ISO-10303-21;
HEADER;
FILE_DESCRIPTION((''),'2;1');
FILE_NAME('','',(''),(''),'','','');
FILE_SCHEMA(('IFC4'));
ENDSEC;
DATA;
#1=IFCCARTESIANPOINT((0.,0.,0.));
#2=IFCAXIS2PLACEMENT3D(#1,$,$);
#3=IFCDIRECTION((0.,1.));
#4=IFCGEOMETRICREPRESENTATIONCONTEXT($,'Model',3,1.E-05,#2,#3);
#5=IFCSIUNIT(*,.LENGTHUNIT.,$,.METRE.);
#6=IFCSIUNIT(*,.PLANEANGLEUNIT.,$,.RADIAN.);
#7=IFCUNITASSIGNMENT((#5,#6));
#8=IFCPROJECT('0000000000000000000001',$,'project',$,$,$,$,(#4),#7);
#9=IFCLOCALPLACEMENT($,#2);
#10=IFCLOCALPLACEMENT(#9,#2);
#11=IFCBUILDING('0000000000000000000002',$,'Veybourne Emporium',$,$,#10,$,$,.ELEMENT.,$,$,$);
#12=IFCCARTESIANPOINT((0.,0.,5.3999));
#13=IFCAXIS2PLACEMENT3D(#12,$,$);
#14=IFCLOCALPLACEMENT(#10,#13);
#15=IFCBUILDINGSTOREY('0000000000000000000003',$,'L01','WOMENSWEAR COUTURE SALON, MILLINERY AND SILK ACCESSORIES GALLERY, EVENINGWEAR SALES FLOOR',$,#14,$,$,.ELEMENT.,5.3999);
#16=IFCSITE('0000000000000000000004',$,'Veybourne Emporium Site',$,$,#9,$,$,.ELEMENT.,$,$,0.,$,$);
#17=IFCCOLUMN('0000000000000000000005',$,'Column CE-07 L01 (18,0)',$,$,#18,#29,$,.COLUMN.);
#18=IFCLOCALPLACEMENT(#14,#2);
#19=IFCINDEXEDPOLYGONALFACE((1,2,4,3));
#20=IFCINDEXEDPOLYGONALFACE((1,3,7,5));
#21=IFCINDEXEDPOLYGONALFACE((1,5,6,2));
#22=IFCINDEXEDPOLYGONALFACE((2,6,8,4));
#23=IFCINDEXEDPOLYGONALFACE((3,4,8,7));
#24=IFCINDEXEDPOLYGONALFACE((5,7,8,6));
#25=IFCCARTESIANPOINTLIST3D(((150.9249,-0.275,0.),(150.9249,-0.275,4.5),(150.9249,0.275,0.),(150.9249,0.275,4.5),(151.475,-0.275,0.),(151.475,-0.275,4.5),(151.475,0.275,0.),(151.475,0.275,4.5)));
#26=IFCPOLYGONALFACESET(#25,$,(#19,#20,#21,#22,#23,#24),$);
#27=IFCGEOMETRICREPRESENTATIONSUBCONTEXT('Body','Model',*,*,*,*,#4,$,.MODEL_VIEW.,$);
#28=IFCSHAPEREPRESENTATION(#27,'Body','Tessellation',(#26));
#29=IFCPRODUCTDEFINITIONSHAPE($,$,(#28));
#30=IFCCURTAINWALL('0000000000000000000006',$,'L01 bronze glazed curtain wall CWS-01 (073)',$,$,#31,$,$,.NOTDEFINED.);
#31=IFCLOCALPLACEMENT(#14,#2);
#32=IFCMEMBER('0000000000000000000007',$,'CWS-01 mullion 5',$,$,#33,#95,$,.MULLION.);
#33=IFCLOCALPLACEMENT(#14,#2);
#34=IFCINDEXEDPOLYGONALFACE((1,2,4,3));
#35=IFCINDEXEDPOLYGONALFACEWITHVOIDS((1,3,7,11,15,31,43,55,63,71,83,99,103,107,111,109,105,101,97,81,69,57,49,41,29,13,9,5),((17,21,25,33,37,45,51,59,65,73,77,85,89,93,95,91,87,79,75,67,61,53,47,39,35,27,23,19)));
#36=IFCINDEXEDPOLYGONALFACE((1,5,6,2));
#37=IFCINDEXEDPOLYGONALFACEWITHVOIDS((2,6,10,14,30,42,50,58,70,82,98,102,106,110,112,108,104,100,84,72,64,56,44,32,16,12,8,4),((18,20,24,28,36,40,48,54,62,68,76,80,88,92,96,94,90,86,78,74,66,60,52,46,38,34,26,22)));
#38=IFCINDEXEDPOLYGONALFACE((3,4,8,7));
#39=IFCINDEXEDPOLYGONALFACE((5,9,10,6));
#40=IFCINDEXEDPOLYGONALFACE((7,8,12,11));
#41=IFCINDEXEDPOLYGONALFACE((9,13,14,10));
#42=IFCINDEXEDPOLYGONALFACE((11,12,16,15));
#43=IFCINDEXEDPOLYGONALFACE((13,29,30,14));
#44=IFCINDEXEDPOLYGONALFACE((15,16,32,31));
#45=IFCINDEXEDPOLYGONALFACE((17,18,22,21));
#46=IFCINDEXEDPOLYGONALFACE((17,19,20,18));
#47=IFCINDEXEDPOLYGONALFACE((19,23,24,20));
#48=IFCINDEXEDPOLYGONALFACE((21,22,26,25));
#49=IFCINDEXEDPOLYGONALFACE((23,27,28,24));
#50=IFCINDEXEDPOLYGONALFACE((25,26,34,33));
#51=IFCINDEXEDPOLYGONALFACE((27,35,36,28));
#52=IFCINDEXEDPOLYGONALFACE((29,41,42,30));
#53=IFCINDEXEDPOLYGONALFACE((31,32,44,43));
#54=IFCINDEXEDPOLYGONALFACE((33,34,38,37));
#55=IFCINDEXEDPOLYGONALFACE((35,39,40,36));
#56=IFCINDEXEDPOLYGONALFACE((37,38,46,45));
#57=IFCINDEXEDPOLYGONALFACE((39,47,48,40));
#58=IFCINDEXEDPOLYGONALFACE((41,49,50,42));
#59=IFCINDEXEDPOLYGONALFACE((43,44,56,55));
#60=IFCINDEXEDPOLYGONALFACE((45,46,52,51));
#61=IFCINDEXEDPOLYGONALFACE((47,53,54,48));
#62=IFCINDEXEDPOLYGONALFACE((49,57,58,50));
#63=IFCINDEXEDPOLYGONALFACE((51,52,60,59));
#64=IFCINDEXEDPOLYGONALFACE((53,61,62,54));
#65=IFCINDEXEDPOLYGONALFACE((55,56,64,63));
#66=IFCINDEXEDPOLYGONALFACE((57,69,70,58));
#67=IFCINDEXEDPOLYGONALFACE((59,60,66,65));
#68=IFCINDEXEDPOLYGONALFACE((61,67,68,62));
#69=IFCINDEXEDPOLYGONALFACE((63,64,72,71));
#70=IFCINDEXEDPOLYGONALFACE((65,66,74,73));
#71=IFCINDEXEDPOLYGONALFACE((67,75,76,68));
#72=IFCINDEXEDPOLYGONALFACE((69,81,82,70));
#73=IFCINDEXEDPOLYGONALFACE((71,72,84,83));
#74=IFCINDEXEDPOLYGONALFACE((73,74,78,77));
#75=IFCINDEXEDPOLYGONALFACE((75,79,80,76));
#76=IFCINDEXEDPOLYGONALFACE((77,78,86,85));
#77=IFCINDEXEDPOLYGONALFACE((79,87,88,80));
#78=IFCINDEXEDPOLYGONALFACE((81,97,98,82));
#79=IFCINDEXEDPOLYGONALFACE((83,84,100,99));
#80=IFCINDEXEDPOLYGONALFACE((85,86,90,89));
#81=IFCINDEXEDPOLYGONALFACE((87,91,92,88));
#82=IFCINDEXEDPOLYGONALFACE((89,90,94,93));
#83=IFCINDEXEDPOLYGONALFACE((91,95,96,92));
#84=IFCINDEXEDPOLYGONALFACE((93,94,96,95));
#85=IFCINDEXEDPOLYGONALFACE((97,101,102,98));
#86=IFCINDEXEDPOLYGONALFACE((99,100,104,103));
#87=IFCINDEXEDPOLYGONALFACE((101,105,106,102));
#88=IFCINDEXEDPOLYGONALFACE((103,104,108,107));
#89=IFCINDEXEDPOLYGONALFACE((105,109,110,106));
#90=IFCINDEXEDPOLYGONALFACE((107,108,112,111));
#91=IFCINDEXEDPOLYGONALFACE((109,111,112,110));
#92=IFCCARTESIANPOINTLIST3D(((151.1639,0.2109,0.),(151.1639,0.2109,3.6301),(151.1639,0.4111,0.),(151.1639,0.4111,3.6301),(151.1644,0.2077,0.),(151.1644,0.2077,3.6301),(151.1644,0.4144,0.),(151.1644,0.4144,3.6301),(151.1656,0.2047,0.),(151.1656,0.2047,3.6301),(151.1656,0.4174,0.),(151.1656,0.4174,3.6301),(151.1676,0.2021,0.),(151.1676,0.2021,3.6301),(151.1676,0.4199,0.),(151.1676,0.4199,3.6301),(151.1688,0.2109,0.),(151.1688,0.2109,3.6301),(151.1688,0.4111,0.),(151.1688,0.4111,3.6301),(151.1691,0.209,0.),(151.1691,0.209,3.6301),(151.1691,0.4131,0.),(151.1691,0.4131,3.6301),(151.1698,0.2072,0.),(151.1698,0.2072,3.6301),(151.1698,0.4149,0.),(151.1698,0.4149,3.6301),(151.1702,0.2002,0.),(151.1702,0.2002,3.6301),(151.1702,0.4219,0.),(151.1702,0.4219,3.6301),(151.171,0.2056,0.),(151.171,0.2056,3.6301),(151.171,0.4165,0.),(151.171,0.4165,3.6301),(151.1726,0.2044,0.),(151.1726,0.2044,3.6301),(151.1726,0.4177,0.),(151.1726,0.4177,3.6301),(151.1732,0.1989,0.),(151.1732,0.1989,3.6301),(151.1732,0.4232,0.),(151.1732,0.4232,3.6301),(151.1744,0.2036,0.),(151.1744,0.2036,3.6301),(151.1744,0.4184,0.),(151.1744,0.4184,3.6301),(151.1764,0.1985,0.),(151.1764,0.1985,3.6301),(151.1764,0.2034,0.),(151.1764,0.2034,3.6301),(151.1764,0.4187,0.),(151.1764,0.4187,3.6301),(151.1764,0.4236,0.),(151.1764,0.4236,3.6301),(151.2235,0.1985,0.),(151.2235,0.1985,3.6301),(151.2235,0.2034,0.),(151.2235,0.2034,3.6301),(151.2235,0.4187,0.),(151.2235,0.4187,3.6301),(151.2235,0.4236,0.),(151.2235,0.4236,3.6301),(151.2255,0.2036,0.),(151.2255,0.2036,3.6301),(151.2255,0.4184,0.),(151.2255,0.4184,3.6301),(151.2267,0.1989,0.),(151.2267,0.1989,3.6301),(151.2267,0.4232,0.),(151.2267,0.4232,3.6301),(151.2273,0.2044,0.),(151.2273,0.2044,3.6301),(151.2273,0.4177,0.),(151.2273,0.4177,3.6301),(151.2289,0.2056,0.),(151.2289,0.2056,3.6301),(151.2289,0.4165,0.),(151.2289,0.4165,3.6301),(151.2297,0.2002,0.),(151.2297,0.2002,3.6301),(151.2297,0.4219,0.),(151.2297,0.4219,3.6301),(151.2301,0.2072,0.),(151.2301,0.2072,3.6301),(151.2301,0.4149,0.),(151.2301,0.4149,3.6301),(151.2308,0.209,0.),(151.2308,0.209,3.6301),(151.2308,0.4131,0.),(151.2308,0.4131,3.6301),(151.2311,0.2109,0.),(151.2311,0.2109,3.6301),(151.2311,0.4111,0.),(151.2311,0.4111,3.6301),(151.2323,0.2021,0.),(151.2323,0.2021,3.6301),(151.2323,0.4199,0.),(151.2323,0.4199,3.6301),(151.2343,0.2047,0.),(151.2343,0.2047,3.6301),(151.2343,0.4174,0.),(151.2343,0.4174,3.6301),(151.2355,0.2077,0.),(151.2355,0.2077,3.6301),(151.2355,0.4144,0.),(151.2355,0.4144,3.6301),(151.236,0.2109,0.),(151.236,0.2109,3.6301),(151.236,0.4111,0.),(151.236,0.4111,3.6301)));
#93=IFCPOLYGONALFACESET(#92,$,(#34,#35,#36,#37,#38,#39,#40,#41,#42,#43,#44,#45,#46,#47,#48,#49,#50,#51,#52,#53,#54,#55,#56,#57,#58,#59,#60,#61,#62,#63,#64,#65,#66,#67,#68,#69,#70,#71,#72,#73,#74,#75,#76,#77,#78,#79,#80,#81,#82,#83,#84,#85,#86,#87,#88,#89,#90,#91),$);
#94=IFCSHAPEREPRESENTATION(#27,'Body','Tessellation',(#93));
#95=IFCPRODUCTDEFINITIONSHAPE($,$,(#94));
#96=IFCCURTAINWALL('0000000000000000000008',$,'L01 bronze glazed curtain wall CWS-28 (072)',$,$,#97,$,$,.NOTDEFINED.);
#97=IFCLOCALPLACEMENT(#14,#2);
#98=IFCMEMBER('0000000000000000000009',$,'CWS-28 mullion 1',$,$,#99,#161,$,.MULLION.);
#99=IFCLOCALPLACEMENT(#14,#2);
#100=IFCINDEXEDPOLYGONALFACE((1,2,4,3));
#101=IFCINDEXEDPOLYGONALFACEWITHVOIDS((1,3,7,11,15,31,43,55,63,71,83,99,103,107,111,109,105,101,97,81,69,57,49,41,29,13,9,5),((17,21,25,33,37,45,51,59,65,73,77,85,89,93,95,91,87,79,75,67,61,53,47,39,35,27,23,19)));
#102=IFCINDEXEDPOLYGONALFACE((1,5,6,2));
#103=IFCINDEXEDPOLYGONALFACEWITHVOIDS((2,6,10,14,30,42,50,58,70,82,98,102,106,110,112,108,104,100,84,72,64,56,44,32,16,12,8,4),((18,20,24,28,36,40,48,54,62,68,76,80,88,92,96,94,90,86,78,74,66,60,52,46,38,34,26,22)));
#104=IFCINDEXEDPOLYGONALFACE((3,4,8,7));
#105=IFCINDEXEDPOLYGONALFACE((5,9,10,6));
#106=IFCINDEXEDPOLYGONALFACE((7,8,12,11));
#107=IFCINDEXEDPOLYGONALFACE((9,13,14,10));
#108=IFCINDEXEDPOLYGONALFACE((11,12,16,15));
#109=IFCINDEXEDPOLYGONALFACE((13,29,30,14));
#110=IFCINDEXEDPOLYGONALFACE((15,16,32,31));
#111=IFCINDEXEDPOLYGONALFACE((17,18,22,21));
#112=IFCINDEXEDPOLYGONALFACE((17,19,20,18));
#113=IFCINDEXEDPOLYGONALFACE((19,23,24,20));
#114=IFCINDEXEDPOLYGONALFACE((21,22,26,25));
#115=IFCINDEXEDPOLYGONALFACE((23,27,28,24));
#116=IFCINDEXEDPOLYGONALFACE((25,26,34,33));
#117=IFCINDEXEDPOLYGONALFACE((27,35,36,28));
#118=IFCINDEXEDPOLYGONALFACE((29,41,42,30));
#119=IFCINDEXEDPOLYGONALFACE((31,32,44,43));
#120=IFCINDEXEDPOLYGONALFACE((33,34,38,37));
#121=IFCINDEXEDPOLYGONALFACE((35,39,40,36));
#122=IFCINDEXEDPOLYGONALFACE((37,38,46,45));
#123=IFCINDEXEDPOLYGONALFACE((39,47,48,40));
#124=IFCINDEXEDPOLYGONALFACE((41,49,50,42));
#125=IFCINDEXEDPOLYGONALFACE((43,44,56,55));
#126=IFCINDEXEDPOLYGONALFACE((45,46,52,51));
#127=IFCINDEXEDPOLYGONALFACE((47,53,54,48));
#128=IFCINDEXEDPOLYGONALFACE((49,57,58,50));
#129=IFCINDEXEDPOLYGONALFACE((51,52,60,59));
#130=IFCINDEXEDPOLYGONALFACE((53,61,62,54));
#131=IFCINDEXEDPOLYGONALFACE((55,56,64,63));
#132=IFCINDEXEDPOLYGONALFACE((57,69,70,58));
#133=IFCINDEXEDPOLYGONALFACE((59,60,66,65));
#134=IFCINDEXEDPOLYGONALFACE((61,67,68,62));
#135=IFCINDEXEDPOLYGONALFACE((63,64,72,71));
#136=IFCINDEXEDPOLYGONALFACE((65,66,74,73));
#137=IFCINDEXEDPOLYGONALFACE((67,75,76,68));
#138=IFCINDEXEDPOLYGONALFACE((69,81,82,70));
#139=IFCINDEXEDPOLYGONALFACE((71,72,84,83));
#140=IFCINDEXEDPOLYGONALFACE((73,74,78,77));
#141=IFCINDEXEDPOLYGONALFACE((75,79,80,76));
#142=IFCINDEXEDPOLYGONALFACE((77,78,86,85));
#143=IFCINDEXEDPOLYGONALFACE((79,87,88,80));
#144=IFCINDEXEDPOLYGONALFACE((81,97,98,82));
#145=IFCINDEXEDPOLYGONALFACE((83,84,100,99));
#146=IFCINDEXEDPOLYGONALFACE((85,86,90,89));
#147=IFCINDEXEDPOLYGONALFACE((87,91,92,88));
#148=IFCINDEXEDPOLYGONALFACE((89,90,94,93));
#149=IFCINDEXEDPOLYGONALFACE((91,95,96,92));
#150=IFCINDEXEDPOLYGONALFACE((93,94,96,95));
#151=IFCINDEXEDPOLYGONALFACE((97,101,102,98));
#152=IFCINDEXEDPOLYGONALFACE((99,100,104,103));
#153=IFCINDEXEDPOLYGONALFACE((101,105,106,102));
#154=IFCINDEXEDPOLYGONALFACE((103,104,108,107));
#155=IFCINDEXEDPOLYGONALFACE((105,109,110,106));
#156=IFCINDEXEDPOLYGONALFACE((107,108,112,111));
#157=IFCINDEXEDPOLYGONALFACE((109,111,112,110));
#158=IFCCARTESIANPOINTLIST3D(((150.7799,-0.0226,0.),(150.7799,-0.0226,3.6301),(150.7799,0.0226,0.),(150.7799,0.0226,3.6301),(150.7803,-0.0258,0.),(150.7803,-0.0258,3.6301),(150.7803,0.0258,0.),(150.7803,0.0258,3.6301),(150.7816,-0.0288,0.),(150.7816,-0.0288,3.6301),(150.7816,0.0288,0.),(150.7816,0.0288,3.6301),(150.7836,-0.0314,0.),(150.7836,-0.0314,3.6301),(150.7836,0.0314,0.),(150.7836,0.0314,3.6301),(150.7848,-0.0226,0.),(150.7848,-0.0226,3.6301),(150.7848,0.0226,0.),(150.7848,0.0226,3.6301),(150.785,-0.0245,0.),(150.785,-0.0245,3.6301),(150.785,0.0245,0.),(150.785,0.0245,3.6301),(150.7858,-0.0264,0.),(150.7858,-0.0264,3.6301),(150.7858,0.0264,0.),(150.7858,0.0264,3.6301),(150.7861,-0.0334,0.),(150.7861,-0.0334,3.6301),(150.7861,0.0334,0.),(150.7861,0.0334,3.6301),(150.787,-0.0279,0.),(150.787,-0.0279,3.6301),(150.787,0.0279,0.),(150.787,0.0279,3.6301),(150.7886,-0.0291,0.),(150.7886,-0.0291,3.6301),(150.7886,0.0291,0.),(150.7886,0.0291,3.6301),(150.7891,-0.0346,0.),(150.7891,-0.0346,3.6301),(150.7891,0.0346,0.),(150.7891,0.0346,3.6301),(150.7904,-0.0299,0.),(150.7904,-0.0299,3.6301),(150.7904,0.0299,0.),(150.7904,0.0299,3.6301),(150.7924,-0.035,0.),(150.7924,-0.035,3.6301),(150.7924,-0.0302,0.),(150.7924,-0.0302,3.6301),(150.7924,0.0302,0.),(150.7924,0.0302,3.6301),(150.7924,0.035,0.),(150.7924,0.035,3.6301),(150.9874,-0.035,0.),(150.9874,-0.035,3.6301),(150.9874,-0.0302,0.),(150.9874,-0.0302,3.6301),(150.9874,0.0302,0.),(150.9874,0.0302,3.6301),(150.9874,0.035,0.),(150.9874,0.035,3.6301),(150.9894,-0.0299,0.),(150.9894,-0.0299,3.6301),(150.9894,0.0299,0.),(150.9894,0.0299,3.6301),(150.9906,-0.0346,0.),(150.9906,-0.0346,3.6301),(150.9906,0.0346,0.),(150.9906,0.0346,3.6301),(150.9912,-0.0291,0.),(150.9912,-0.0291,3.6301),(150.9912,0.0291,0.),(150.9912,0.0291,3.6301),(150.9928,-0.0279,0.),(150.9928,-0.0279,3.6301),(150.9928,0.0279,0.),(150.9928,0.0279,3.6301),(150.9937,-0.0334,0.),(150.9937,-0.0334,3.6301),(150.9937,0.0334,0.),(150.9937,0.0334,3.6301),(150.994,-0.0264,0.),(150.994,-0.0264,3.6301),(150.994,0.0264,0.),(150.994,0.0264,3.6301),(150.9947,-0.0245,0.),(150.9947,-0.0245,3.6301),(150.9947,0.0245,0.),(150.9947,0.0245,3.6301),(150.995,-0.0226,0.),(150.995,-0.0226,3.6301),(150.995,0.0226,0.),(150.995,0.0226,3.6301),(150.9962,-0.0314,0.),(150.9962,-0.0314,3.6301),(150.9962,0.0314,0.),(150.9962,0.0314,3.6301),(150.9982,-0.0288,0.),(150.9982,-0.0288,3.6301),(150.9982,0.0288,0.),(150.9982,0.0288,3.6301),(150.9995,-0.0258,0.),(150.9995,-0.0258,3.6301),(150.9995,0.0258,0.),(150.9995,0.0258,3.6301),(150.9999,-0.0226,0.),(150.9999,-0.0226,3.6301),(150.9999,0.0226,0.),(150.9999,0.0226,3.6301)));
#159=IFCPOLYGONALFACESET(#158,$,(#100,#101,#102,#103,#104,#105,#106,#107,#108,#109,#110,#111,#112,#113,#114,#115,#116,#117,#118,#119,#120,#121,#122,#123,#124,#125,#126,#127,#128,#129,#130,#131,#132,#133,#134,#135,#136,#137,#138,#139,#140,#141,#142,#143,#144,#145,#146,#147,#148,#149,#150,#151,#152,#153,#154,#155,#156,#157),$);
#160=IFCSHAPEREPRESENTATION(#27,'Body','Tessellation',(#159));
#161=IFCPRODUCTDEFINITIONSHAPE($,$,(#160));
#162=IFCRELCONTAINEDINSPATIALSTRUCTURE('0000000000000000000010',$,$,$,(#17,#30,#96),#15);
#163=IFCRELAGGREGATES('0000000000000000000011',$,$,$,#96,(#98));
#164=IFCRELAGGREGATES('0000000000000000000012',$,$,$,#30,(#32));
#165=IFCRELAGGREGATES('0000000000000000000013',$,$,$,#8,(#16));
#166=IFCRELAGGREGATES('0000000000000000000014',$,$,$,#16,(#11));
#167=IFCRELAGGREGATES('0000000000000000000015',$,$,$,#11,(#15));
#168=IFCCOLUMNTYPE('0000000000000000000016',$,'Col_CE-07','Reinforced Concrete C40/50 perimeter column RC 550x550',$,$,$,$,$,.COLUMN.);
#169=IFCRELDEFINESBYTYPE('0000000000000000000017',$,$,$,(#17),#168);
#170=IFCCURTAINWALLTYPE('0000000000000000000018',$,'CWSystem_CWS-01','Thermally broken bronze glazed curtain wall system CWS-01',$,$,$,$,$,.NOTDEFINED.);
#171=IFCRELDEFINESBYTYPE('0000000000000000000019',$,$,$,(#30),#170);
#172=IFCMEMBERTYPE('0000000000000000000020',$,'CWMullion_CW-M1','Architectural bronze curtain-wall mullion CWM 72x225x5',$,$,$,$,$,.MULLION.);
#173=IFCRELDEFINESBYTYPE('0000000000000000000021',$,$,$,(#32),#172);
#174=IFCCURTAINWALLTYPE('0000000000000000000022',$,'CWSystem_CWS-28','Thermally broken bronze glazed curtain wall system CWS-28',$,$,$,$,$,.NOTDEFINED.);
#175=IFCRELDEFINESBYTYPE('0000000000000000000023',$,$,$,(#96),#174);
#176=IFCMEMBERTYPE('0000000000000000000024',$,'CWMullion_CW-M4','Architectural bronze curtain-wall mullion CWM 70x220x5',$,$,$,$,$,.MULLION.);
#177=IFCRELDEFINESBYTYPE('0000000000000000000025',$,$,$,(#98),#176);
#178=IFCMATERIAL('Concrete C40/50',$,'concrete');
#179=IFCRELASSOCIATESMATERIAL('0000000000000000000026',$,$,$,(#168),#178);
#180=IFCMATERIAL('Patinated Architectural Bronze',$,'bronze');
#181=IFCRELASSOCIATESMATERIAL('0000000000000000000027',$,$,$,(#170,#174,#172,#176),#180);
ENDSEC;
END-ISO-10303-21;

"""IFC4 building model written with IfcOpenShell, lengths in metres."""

from ifc_helpers import new_model, si_unit, direction, frame, origin, origin_2d, place, context, subcontext, project, spatial, rectangle, hollow_rectangle, extrude, material, material_profile, profile_set, type_object, element, aggregate, save


model = new_model("IFC4")

# Units and contexts
model_context = context("Model", 3, precision=1e-05, world=origin(), true_north=direction((0.0, 1.0)))
body_context = subcontext(model_context, "Body", "Model", "MODEL_VIEW")
ifc_project = project(units=[si_unit("LENGTHUNIT", "METRE"), si_unit("PLANEANGLEUNIT", "RADIAN")], contexts=[model_context])

# Site, building, storey
site_placement = place(None, origin())
site = spatial("IfcSite", under=ifc_project, at=site_placement, Name="Veybourne Emporium Site", CompositionType="ELEMENT", RefElevation=0.0)
building_placement = place(site_placement, origin())
building = spatial("IfcBuilding", under=site, at=building_placement, Name="Veybourne Emporium", CompositionType="ELEMENT")
storey_placement = place(building_placement, frame((0.0, 0.0, 5.3999)))
storey = spatial("IfcBuildingStorey", under=building, at=storey_placement, Name="L01", Description="WOMENSWEAR COUTURE SALON, MILLINERY AND SILK ACCESSORIES GALLERY, EVENINGWEAR SALES FLOOR", CompositionType="ELEMENT", Elevation=5.3999)

# Column
ifc_material_1 = material(Name="Concrete C40/50", Category="concrete")
ifc_material_profile_1 = material_profile(ifc_material_1, rectangle(XDim=0.55, YDim=0.55, at=origin_2d()), Name="RC 550x550")
ifc_profile_set_1 = profile_set([ifc_material_profile_1], Name="Concrete C40/50")
column_type = type_object("IfcColumnType", Name="Col_CE-07", Description="Reinforced Concrete C40/50 perimeter column RC 550x550", PredefinedType="COLUMN", material=ifc_profile_set_1)
column_placement = place(storey_placement, frame((151.2, 0.0, 0.0), z_axis=(0.0, 0.0, 1.0), x_axis=(1.0, 0.0, 0.0)))
element("IfcColumn", 1, at=column_placement, inside=storey, type_object=column_type, Name="Column CE-07 L01 (18,0)", PredefinedType="COLUMN", context=body_context, shape_type="SweptSolid", body=[
    extrude(rectangle(XDim=0.55, YDim=0.55, at=origin_2d()), origin(), (0.0, 0.0, 1.0), 4.5),
])

# Curtain wall, member
ifc_material_2 = material(Name="Patinated Architectural Bronze", Category="bronze")
curtain_wall_type_1 = type_object("IfcCurtainWallType", Name="CWSystem_CWS-01", Description="Thermally broken bronze glazed curtain wall system CWS-01", PredefinedType="NOTDEFINED", material=ifc_material_2)
curtain_wall_1_placement = place(storey_placement, origin())
curtain_wall_1 = element("IfcCurtainWall", 2, at=curtain_wall_1_placement, inside=storey, type_object=curtain_wall_type_1, Name="L01 bronze glazed curtain wall CWS-01 (073)", PredefinedType="NOTDEFINED")
ifc_material_profile_2 = material_profile(ifc_material_2, hollow_rectangle(XDim=0.072, YDim=0.2251, WallThickness=0.0049, InnerFilletRadius=0.0076, OuterFilletRadius=0.0125, at=origin_2d()), Name="CWM 72x225x5")
ifc_profile_set_2 = profile_set([ifc_material_profile_2], Name="Patinated Architectural Bronze")
member_type_1 = type_object("IfcMemberType", Name="CWMullion_CW-M1", Description="Architectural bronze curtain-wall mullion CWM 72x225x5", PredefinedType="MULLION", material=ifc_profile_set_2)
member_1_placement = place(storey_placement, frame((151.2, 0.311, 0.0), z_axis=(0.0, 0.0, 1.0), x_axis=(1.0, 0.0, 0.0)))
member_1 = element("IfcMember", 3, at=member_1_placement, type_object=member_type_1, Name="CWS-01 mullion 5", PredefinedType="MULLION", context=body_context, shape_type="SweptSolid", body=[
    extrude(hollow_rectangle(XDim=0.072, YDim=0.2251, WallThickness=0.0049, InnerFilletRadius=0.0076, OuterFilletRadius=0.0125, at=origin_2d()), origin(), (0.0, 0.0, 1.0), 3.6301),
])

# Curtain wall, member
curtain_wall_type_2 = type_object("IfcCurtainWallType", Name="CWSystem_CWS-28", Description="Thermally broken bronze glazed curtain wall system CWS-28", PredefinedType="NOTDEFINED", material=ifc_material_2)
curtain_wall_2_placement = place(storey_placement, origin())
curtain_wall_2 = element("IfcCurtainWall", 4, at=curtain_wall_2_placement, inside=storey, type_object=curtain_wall_type_2, Name="L01 bronze glazed curtain wall CWS-28 (072)", PredefinedType="NOTDEFINED")
ifc_material_profile_3 = material_profile(ifc_material_2, hollow_rectangle(XDim=0.0701, YDim=0.22, WallThickness=0.0049, InnerFilletRadius=0.0076, OuterFilletRadius=0.0125, at=origin_2d()), Name="CWM 70x220x5")
ifc_profile_set_3 = profile_set([ifc_material_profile_3], Name="Patinated Architectural Bronze")
member_type_2 = type_object("IfcMemberType", Name="CWMullion_CW-M4", Description="Architectural bronze curtain-wall mullion CWM 70x220x5", PredefinedType="MULLION", material=ifc_profile_set_3)
member_2_placement = place(storey_placement, frame((150.8899, 0.0, 0.0), z_axis=(0.0, 0.0, 1.0), x_axis=(0.0, -1.0, 0.0)))
member_2 = element("IfcMember", 5, at=member_2_placement, type_object=member_type_2, Name="CWS-28 mullion 1", PredefinedType="MULLION", context=body_context, shape_type="SweptSolid", body=[
    extrude(hollow_rectangle(XDim=0.0701, YDim=0.22, WallThickness=0.0049, InnerFilletRadius=0.0076, OuterFilletRadius=0.0125, at=origin_2d()), origin(), (0.0, 0.0, 1.0), 3.6301),
])

aggregate(curtain_wall_2, [member_2])
aggregate(curtain_wall_1, [member_1])

save(model, "model.ifc")
